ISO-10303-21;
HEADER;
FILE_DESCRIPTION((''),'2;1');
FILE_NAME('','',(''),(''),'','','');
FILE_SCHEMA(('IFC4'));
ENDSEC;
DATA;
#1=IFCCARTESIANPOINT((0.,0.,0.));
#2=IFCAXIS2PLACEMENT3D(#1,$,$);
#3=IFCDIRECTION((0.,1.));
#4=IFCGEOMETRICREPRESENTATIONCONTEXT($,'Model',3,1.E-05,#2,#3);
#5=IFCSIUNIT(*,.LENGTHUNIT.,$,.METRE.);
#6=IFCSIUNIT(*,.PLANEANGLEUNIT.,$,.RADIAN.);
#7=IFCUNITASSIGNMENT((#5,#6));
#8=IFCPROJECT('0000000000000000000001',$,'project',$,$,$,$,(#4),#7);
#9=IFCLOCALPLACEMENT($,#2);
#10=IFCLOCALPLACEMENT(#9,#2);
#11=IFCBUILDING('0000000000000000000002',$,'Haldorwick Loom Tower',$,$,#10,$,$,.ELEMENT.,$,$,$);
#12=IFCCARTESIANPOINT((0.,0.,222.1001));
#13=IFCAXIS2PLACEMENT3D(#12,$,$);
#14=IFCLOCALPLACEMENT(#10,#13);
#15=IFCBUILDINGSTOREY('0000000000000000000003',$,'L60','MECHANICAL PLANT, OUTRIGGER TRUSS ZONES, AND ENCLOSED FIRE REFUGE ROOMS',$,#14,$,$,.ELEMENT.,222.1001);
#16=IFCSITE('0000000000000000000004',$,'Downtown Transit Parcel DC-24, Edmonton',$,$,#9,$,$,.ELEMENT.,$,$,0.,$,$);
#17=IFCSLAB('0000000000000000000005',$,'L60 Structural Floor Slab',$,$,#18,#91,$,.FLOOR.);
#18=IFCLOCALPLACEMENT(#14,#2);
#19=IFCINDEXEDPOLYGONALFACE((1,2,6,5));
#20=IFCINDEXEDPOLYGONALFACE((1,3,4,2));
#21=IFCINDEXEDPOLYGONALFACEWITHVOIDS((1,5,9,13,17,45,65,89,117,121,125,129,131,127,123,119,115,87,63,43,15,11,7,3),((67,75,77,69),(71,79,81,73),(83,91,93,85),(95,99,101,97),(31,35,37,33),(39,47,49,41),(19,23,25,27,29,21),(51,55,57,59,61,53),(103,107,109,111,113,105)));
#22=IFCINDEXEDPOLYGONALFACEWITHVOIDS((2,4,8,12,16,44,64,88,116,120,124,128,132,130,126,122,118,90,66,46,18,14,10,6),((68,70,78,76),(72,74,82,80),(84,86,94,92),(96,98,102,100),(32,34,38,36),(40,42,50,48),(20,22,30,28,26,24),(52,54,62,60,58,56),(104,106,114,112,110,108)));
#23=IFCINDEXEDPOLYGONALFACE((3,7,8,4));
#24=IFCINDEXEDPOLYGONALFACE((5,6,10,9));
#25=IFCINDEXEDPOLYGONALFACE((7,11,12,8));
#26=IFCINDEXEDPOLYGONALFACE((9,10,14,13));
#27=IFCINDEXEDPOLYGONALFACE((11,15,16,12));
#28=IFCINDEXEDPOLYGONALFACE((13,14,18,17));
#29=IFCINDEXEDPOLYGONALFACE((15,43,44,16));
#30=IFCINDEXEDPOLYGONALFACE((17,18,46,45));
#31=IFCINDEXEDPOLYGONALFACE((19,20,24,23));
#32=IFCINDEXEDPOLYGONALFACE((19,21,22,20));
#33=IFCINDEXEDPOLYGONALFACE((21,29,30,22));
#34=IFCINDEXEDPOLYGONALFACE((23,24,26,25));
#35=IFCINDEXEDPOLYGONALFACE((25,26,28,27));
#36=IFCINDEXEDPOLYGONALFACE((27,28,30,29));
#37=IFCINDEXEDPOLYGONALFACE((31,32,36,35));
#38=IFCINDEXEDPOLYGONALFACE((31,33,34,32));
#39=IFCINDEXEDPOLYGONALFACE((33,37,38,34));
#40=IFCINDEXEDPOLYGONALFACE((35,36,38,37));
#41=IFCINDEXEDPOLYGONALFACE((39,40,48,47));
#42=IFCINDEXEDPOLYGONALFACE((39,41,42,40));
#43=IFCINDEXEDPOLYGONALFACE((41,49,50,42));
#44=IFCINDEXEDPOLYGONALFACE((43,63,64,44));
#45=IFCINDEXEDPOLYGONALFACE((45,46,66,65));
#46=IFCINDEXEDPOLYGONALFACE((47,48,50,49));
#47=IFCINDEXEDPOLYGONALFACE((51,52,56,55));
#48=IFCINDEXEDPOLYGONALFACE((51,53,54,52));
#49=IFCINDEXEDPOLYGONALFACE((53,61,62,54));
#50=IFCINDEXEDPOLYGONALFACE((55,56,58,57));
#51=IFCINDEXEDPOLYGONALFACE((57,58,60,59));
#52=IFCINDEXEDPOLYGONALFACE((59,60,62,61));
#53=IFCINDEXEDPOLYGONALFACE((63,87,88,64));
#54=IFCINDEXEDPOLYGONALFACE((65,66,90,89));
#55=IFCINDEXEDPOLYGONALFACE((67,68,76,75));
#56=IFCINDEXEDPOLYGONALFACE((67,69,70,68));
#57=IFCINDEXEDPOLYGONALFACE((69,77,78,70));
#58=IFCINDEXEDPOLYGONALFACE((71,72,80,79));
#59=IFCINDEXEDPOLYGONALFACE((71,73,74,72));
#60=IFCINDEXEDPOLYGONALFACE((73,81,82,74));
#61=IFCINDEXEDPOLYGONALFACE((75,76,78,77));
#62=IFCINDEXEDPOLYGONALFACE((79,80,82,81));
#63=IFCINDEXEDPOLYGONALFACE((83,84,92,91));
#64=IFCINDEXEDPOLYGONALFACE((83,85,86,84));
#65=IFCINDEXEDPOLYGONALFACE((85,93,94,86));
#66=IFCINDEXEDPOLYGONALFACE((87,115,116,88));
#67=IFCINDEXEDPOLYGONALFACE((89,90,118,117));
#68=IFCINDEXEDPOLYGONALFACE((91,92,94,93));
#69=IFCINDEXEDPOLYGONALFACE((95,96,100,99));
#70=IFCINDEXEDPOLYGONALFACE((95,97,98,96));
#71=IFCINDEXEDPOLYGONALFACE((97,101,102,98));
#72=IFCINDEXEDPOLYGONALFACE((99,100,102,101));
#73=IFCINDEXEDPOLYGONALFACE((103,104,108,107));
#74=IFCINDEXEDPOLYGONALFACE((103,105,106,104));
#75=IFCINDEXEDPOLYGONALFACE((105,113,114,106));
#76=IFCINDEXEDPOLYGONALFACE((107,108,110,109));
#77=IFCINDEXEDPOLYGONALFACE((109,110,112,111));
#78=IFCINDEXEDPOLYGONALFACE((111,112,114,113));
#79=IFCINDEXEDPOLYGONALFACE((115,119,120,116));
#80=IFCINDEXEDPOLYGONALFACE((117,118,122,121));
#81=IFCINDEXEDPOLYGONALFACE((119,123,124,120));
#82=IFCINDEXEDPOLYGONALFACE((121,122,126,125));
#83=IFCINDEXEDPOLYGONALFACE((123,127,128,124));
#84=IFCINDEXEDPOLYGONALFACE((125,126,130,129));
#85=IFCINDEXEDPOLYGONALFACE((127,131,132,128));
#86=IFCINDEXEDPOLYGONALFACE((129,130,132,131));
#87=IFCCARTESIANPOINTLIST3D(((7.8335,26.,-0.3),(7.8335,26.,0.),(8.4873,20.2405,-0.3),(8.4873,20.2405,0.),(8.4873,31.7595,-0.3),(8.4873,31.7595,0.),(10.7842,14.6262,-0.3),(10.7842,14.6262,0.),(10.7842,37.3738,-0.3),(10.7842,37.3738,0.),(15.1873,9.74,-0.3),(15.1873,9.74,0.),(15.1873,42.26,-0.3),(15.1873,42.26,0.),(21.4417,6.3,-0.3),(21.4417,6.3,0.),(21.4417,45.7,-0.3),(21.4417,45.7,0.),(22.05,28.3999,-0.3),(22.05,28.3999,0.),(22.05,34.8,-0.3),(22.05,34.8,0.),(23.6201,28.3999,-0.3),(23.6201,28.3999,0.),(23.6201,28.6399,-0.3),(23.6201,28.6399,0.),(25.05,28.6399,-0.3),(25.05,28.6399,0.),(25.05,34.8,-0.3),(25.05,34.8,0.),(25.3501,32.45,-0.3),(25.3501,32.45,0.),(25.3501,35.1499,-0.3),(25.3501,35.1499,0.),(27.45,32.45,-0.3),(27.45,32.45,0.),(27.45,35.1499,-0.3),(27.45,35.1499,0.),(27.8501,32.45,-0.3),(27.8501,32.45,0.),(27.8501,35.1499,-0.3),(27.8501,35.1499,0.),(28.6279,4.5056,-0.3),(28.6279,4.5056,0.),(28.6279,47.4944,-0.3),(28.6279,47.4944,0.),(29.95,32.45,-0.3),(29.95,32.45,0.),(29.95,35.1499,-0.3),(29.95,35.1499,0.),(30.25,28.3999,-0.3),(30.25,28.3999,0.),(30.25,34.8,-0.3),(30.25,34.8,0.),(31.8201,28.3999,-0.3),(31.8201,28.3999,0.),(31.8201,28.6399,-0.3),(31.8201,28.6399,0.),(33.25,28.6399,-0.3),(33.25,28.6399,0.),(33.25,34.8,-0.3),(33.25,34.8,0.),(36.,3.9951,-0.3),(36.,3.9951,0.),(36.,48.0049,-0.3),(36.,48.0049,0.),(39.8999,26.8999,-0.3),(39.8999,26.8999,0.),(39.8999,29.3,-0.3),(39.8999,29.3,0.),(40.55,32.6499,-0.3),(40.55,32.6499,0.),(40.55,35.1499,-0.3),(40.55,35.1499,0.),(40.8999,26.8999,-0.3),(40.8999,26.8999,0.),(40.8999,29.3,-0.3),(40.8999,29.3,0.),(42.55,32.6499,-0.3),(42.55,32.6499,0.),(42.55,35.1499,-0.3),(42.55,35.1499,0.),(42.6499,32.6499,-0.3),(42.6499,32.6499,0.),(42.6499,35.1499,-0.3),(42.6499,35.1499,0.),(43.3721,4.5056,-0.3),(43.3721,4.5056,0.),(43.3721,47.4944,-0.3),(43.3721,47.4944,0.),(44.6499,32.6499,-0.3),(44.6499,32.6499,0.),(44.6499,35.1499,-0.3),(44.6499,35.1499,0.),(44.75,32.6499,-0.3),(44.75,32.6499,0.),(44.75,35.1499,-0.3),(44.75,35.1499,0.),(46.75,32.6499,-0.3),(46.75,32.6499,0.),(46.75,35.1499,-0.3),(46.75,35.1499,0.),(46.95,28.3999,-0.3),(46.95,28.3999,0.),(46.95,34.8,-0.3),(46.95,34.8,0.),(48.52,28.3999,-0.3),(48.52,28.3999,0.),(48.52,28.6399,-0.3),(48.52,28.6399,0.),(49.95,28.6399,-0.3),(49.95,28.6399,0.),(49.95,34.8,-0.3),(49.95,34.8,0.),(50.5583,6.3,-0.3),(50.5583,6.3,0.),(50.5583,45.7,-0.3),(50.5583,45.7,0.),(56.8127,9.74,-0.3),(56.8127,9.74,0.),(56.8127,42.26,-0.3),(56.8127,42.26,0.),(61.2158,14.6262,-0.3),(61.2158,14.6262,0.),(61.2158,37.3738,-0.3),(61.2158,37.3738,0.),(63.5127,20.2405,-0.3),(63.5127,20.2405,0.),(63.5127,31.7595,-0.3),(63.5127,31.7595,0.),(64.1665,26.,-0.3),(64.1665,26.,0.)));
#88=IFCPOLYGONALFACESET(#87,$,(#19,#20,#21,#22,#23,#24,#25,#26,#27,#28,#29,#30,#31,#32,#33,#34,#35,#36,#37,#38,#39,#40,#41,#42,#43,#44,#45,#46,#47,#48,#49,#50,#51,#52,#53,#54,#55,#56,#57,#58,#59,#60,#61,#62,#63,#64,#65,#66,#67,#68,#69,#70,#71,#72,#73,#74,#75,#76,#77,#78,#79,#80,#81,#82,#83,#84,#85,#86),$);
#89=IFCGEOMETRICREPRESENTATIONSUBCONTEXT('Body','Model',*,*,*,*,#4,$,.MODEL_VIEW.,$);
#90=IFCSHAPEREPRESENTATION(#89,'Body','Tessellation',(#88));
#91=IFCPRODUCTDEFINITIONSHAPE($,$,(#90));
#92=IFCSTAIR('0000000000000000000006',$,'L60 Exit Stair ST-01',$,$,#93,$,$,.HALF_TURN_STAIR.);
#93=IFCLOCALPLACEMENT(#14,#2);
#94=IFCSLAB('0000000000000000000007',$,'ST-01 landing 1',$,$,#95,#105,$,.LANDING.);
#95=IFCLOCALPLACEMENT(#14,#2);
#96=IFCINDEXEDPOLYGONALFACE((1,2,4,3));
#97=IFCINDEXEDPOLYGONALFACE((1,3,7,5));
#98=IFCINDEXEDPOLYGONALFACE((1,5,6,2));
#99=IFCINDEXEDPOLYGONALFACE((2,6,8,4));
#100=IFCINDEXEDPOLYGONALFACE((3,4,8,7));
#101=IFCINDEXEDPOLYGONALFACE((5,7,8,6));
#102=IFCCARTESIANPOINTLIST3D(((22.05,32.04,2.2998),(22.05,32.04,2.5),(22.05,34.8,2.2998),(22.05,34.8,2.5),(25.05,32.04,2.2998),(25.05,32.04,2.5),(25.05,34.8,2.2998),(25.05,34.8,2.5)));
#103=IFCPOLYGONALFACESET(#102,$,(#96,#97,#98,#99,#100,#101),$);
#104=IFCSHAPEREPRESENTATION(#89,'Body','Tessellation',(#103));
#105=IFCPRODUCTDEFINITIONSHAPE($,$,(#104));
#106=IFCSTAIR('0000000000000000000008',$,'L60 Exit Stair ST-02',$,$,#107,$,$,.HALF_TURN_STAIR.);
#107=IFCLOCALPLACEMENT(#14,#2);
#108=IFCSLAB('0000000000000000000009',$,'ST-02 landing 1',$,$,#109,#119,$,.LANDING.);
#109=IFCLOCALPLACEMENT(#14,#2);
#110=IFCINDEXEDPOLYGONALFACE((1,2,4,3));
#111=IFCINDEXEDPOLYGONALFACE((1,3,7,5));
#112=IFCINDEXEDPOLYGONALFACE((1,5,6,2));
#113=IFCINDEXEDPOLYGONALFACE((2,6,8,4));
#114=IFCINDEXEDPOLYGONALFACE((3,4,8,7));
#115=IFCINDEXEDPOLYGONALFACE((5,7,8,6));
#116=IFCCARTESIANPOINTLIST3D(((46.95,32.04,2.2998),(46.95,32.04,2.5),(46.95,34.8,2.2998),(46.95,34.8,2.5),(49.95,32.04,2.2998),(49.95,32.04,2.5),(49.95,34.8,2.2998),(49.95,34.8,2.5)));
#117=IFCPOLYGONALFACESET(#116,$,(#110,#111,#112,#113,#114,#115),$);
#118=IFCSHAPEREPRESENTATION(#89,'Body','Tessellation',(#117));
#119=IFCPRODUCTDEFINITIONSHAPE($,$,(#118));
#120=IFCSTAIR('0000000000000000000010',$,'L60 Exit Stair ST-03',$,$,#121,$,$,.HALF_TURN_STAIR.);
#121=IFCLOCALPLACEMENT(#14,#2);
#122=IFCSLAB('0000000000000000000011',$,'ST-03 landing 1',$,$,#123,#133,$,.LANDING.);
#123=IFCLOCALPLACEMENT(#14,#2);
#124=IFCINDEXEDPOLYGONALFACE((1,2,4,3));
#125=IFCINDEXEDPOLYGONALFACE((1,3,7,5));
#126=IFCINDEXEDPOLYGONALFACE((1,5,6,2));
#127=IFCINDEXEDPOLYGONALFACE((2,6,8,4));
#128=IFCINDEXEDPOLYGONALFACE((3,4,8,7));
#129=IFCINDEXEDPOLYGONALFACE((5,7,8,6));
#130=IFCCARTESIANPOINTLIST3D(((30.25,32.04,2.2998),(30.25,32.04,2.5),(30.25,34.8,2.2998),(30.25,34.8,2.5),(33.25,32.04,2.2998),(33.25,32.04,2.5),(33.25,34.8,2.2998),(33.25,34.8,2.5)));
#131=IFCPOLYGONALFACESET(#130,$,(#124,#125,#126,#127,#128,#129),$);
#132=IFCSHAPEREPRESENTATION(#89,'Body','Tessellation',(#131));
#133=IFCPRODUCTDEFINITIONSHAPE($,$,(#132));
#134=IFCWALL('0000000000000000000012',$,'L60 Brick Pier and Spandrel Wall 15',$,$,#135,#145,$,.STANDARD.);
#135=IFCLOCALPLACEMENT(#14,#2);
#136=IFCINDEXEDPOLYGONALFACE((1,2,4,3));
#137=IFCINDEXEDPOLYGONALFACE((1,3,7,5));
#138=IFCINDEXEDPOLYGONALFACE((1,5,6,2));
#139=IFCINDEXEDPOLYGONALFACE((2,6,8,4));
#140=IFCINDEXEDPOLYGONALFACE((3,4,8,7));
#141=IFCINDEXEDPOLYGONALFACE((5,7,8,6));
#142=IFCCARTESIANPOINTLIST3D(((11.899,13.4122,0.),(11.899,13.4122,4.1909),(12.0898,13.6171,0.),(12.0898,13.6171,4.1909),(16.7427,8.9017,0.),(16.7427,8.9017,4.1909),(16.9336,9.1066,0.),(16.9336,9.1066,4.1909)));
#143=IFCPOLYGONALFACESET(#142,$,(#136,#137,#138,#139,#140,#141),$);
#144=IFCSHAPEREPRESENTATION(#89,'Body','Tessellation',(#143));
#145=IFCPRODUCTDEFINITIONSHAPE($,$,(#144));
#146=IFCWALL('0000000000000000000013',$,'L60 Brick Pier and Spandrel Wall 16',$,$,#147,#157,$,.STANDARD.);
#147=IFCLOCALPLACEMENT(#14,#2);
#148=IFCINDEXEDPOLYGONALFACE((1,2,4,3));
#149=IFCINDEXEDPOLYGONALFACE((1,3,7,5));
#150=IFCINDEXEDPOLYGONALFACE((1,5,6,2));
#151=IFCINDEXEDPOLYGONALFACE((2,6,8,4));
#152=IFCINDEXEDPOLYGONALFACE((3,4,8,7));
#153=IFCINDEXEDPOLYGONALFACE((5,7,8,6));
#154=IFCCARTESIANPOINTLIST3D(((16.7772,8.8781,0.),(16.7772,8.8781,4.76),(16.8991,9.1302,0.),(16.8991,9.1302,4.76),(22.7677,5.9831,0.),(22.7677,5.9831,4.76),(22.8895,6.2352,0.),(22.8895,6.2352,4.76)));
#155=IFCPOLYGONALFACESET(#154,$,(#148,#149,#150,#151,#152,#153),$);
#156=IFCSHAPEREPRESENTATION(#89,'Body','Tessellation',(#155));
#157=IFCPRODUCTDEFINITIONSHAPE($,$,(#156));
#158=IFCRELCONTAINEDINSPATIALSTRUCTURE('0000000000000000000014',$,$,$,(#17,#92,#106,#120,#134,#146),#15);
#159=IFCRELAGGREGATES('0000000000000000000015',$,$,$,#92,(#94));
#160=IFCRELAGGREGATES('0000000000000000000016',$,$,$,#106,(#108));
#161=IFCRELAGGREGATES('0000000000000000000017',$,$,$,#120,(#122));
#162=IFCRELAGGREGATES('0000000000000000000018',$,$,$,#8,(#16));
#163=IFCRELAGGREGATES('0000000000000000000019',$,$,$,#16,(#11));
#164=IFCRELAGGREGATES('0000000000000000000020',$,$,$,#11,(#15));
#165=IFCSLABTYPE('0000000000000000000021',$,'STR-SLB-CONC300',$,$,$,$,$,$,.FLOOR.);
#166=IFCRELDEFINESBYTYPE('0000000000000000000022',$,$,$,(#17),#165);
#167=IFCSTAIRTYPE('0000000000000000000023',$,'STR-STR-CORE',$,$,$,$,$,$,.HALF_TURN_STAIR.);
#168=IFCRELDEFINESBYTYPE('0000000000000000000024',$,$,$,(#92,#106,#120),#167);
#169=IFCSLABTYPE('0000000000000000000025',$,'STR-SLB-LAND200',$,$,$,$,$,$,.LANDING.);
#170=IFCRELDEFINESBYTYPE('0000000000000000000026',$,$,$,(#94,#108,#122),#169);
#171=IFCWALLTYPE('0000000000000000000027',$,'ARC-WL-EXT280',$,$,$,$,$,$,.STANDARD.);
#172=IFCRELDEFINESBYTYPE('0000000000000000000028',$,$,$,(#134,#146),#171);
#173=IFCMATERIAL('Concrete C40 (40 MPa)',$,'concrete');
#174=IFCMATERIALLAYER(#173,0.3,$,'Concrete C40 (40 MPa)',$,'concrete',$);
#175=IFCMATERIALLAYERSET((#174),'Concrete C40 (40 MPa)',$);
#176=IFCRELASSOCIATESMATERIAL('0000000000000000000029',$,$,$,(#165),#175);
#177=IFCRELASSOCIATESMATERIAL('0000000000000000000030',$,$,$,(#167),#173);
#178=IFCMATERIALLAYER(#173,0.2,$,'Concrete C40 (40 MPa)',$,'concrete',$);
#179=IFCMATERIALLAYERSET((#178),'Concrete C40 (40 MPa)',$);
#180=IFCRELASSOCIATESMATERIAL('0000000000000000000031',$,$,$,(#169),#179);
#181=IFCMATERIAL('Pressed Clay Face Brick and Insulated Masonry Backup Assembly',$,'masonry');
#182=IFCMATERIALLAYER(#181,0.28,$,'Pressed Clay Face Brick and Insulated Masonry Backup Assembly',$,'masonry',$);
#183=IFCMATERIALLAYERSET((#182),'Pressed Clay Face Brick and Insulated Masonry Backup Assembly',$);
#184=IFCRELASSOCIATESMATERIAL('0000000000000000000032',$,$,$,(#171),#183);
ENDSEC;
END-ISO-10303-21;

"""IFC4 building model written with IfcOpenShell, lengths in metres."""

from ifc_helpers import new_model, si_unit, direction, frame, frame_2d, origin, place, context, subcontext, project, spatial, polyline, rectangle, outline, extrude, material, layer, layer_set, type_object, element, aggregate, save


model = new_model("IFC4")

# Units and contexts
model_context = context("Model", 3, precision=1e-05, world=origin(), true_north=direction((0.0, 1.0)))
body_context = subcontext(model_context, "Body", "Model", "MODEL_VIEW")
ifc_project = project(units=[si_unit("LENGTHUNIT", "METRE"), si_unit("PLANEANGLEUNIT", "RADIAN")], contexts=[model_context])

# Site, building, storey
site_placement = place(None, origin())
site = spatial("IfcSite", under=ifc_project, at=site_placement, Name="Downtown Transit Parcel DC-24, Edmonton", CompositionType="ELEMENT", RefElevation=0.0)
building_placement = place(site_placement, origin())
building = spatial("IfcBuilding", under=site, at=building_placement, Name="Haldorwick Loom Tower", CompositionType="ELEMENT")
storey_placement = place(building_placement, frame((0.0, 0.0, 222.1001)))
storey = spatial("IfcBuildingStorey", under=building, at=storey_placement, Name="L60", Description="MECHANICAL PLANT, OUTRIGGER TRUSS ZONES, AND ENCLOSED FIRE REFUGE ROOMS", CompositionType="ELEMENT", Elevation=222.1001)

# Slab
ifc_material_1 = material(Name="Concrete C40 (40 MPa)", Category="concrete")
ifc_layer_1 = layer(ifc_material_1, 0.3, Name="Concrete C40 (40 MPa)", Category="concrete")
ifc_layer_set_1 = layer_set([ifc_layer_1], Name="Concrete C40 (40 MPa)")
slab_type_1 = type_object("IfcSlabType", Name="STR-SLB-CONC300", PredefinedType="FLOOR", material=ifc_layer_set_1)
slab_1_placement = place(storey_placement, frame((0.0, 0.0, -0.3)))
element("IfcSlab", 1, at=slab_1_placement, inside=storey, type_object=slab_type_1, Name="L60 Structural Floor Slab", PredefinedType="FLOOR", context=body_context, shape_type="SweptSolid", body=[
    extrude(outline(polyline([(56.8127, 9.74), (61.2158, 14.6262), (63.5127, 20.2405), (64.1665, 26.0), (63.5127, 31.7595), (61.2158, 37.3738), (56.8127, 42.26), (50.5583, 45.7), (43.3721, 47.4944), (36.0, 48.0049), (28.6279, 47.4944), (21.4417, 45.7), (15.1873, 42.26), (10.7842, 37.3738), (8.4873, 31.7595), (7.8335, 26.0), (8.4873, 20.2405), (10.7842, 14.6262), (15.1873, 9.74), (21.4417, 6.3), (28.6279, 4.5056), (36.0, 3.9951), (43.3721, 4.5056), (50.5583, 6.3), (56.8127, 9.74)]), holes=[polyline([(40.8999, 26.8999), (39.8999, 26.8999), (39.8999, 29.3), (40.8999, 29.3), (40.8999, 26.8999)]), polyline([(23.6201, 28.3999), (22.05, 28.3999), (22.05, 34.8), (25.05, 34.8), (25.05, 28.6399), (23.6201, 28.6399), (23.6201, 28.3999)]), polyline([(31.8201, 28.3999), (30.25, 28.3999), (30.25, 34.8), (33.25, 34.8), (33.25, 28.6399), (31.8201, 28.6399), (31.8201, 28.3999)]), polyline([(48.52, 28.3999), (46.95, 28.3999), (46.95, 34.8), (49.95, 34.8), (49.95, 28.6399), (48.52, 28.6399), (48.52, 28.3999)]), polyline([(27.45, 32.45), (25.3501, 32.45), (25.3501, 35.1499), (27.45, 35.1499), (27.45, 32.45)]), polyline([(29.95, 32.45), (27.8501, 32.45), (27.8501, 35.1499), (29.95, 35.1499), (29.95, 32.45)]), polyline([(42.55, 32.6499), (40.55, 32.6499), (40.55, 35.1499), (42.55, 35.1499), (42.55, 32.6499)]), polyline([(42.6499, 32.6499), (42.6499, 35.1499), (44.6499, 35.1499), (44.6499, 32.6499), (42.6499, 32.6499)]), polyline([(44.75, 32.6499), (44.75, 35.1499), (46.75, 35.1499), (46.75, 32.6499), (44.75, 32.6499)])]), origin(), (0.0, 0.0, 1.0), 0.3),
])

# Stairs, slabs
stair_type = type_object("IfcStairType", Name="STR-STR-CORE", PredefinedType="HALF_TURN_STAIR", material=ifc_material_1)
stair_1_placement = place(storey_placement, origin())
stair_1 = element("IfcStair", 2, at=stair_1_placement, inside=storey, type_object=stair_type, Name="L60 Exit Stair ST-01", PredefinedType="HALF_TURN_STAIR")
ifc_layer_2 = layer(ifc_material_1, 0.2, Name="Concrete C40 (40 MPa)", Category="concrete")
ifc_layer_set_2 = layer_set([ifc_layer_2], Name="Concrete C40 (40 MPa)")
slab_type_2 = type_object("IfcSlabType", Name="STR-SLB-LAND200", PredefinedType="LANDING", material=ifc_layer_set_2)
slab_2_placement = place(storey_placement, frame((0.0, 0.0, 2.2998)))
slab_2 = element("IfcSlab", 3, at=slab_2_placement, type_object=slab_type_2, Name="ST-01 landing 1", PredefinedType="LANDING", context=body_context, shape_type="SweptSolid", body=[
    extrude(outline(polyline([(25.05, 32.04), (25.05, 34.8), (22.05, 34.8), (22.05, 32.04), (25.05, 32.04)])), origin(), (0.0, 0.0, 1.0), 0.2002),
])
aggregate(stair_1, [slab_2])
stair_2_placement = place(storey_placement, origin())
stair_2 = element("IfcStair", 4, at=stair_2_placement, inside=storey, type_object=stair_type, Name="L60 Exit Stair ST-02", PredefinedType="HALF_TURN_STAIR")
slab_3_placement = place(storey_placement, frame((0.0, 0.0, 2.2998)))
slab_3 = element("IfcSlab", 5, at=slab_3_placement, type_object=slab_type_2, Name="ST-02 landing 1", PredefinedType="LANDING", context=body_context, shape_type="SweptSolid", body=[
    extrude(outline(polyline([(49.95, 32.04), (49.95, 34.8), (46.95, 34.8), (46.95, 32.04), (49.95, 32.04)])), origin(), (0.0, 0.0, 1.0), 0.2002),
])
aggregate(stair_2, [slab_3])
stair_3_placement = place(storey_placement, origin())
stair_3 = element("IfcStair", 6, at=stair_3_placement, inside=storey, type_object=stair_type, Name="L60 Exit Stair ST-03", PredefinedType="HALF_TURN_STAIR")
slab_4_placement = place(storey_placement, frame((0.0, 0.0, 2.2998)))
slab_4 = element("IfcSlab", 7, at=slab_4_placement, type_object=slab_type_2, Name="ST-03 landing 1", PredefinedType="LANDING", context=body_context, shape_type="SweptSolid", body=[
    extrude(outline(polyline([(33.25, 32.04), (33.25, 34.8), (30.25, 34.8), (30.25, 32.04), (33.25, 32.04)])), origin(), (0.0, 0.0, 1.0), 0.2002),
])
aggregate(stair_3, [slab_4])

# Walls
ifc_material_2 = material(Name="Pressed Clay Face Brick and Insulated Masonry Backup Assembly", Category="masonry")
ifc_layer_3 = layer(ifc_material_2, 0.28, Name="Pressed Clay Face Brick and Insulated Masonry Backup Assembly", Category="masonry")
ifc_layer_set_3 = layer_set([ifc_layer_3], Name="Pressed Clay Face Brick and Insulated Masonry Backup Assembly")
wall_type_1 = type_object("IfcWallType", Name="ARC-WL-EXT280", PredefinedType="STANDARD", material=ifc_layer_set_3)
wall_1_placement = place(storey_placement, frame((11.9944, 13.5146, 0.0), z_axis=(0.0, 0.0, 1.0), x_axis=(0.731834, -0.681483, 0.0)))
element("IfcWall", 8, at=wall_1_placement, inside=storey, type_object=wall_type_1, Name="L60 Brick Pier and Spandrel Wall 15", PredefinedType="STANDARD", context=body_context, shape_type="SweptSolid", body=[
    extrude(rectangle(XDim=6.6187, YDim=0.28, at=frame_2d((3.3093, 0.0))), origin(), (0.0, 0.0, 1.0), 4.1909),
])
wall_2_placement = place(storey_placement, frame((16.8381, 9.0042, 0.0), z_axis=(0.0, 0.0, 1.0), x_axis=(0.900371, -0.435123, 0.0)))
element("IfcWall", 9, at=wall_2_placement, inside=storey, type_object=wall_type_1, Name="L60 Brick Pier and Spandrel Wall 16", PredefinedType="STANDARD", context=body_context, shape_type="SweptSolid", body=[
    extrude(rectangle(XDim=6.6533, YDim=0.28, at=frame_2d((3.3267, 0.0))), origin(), (0.0, 0.0, 1.0), 4.76),
])

save(model, "model.ifc")
